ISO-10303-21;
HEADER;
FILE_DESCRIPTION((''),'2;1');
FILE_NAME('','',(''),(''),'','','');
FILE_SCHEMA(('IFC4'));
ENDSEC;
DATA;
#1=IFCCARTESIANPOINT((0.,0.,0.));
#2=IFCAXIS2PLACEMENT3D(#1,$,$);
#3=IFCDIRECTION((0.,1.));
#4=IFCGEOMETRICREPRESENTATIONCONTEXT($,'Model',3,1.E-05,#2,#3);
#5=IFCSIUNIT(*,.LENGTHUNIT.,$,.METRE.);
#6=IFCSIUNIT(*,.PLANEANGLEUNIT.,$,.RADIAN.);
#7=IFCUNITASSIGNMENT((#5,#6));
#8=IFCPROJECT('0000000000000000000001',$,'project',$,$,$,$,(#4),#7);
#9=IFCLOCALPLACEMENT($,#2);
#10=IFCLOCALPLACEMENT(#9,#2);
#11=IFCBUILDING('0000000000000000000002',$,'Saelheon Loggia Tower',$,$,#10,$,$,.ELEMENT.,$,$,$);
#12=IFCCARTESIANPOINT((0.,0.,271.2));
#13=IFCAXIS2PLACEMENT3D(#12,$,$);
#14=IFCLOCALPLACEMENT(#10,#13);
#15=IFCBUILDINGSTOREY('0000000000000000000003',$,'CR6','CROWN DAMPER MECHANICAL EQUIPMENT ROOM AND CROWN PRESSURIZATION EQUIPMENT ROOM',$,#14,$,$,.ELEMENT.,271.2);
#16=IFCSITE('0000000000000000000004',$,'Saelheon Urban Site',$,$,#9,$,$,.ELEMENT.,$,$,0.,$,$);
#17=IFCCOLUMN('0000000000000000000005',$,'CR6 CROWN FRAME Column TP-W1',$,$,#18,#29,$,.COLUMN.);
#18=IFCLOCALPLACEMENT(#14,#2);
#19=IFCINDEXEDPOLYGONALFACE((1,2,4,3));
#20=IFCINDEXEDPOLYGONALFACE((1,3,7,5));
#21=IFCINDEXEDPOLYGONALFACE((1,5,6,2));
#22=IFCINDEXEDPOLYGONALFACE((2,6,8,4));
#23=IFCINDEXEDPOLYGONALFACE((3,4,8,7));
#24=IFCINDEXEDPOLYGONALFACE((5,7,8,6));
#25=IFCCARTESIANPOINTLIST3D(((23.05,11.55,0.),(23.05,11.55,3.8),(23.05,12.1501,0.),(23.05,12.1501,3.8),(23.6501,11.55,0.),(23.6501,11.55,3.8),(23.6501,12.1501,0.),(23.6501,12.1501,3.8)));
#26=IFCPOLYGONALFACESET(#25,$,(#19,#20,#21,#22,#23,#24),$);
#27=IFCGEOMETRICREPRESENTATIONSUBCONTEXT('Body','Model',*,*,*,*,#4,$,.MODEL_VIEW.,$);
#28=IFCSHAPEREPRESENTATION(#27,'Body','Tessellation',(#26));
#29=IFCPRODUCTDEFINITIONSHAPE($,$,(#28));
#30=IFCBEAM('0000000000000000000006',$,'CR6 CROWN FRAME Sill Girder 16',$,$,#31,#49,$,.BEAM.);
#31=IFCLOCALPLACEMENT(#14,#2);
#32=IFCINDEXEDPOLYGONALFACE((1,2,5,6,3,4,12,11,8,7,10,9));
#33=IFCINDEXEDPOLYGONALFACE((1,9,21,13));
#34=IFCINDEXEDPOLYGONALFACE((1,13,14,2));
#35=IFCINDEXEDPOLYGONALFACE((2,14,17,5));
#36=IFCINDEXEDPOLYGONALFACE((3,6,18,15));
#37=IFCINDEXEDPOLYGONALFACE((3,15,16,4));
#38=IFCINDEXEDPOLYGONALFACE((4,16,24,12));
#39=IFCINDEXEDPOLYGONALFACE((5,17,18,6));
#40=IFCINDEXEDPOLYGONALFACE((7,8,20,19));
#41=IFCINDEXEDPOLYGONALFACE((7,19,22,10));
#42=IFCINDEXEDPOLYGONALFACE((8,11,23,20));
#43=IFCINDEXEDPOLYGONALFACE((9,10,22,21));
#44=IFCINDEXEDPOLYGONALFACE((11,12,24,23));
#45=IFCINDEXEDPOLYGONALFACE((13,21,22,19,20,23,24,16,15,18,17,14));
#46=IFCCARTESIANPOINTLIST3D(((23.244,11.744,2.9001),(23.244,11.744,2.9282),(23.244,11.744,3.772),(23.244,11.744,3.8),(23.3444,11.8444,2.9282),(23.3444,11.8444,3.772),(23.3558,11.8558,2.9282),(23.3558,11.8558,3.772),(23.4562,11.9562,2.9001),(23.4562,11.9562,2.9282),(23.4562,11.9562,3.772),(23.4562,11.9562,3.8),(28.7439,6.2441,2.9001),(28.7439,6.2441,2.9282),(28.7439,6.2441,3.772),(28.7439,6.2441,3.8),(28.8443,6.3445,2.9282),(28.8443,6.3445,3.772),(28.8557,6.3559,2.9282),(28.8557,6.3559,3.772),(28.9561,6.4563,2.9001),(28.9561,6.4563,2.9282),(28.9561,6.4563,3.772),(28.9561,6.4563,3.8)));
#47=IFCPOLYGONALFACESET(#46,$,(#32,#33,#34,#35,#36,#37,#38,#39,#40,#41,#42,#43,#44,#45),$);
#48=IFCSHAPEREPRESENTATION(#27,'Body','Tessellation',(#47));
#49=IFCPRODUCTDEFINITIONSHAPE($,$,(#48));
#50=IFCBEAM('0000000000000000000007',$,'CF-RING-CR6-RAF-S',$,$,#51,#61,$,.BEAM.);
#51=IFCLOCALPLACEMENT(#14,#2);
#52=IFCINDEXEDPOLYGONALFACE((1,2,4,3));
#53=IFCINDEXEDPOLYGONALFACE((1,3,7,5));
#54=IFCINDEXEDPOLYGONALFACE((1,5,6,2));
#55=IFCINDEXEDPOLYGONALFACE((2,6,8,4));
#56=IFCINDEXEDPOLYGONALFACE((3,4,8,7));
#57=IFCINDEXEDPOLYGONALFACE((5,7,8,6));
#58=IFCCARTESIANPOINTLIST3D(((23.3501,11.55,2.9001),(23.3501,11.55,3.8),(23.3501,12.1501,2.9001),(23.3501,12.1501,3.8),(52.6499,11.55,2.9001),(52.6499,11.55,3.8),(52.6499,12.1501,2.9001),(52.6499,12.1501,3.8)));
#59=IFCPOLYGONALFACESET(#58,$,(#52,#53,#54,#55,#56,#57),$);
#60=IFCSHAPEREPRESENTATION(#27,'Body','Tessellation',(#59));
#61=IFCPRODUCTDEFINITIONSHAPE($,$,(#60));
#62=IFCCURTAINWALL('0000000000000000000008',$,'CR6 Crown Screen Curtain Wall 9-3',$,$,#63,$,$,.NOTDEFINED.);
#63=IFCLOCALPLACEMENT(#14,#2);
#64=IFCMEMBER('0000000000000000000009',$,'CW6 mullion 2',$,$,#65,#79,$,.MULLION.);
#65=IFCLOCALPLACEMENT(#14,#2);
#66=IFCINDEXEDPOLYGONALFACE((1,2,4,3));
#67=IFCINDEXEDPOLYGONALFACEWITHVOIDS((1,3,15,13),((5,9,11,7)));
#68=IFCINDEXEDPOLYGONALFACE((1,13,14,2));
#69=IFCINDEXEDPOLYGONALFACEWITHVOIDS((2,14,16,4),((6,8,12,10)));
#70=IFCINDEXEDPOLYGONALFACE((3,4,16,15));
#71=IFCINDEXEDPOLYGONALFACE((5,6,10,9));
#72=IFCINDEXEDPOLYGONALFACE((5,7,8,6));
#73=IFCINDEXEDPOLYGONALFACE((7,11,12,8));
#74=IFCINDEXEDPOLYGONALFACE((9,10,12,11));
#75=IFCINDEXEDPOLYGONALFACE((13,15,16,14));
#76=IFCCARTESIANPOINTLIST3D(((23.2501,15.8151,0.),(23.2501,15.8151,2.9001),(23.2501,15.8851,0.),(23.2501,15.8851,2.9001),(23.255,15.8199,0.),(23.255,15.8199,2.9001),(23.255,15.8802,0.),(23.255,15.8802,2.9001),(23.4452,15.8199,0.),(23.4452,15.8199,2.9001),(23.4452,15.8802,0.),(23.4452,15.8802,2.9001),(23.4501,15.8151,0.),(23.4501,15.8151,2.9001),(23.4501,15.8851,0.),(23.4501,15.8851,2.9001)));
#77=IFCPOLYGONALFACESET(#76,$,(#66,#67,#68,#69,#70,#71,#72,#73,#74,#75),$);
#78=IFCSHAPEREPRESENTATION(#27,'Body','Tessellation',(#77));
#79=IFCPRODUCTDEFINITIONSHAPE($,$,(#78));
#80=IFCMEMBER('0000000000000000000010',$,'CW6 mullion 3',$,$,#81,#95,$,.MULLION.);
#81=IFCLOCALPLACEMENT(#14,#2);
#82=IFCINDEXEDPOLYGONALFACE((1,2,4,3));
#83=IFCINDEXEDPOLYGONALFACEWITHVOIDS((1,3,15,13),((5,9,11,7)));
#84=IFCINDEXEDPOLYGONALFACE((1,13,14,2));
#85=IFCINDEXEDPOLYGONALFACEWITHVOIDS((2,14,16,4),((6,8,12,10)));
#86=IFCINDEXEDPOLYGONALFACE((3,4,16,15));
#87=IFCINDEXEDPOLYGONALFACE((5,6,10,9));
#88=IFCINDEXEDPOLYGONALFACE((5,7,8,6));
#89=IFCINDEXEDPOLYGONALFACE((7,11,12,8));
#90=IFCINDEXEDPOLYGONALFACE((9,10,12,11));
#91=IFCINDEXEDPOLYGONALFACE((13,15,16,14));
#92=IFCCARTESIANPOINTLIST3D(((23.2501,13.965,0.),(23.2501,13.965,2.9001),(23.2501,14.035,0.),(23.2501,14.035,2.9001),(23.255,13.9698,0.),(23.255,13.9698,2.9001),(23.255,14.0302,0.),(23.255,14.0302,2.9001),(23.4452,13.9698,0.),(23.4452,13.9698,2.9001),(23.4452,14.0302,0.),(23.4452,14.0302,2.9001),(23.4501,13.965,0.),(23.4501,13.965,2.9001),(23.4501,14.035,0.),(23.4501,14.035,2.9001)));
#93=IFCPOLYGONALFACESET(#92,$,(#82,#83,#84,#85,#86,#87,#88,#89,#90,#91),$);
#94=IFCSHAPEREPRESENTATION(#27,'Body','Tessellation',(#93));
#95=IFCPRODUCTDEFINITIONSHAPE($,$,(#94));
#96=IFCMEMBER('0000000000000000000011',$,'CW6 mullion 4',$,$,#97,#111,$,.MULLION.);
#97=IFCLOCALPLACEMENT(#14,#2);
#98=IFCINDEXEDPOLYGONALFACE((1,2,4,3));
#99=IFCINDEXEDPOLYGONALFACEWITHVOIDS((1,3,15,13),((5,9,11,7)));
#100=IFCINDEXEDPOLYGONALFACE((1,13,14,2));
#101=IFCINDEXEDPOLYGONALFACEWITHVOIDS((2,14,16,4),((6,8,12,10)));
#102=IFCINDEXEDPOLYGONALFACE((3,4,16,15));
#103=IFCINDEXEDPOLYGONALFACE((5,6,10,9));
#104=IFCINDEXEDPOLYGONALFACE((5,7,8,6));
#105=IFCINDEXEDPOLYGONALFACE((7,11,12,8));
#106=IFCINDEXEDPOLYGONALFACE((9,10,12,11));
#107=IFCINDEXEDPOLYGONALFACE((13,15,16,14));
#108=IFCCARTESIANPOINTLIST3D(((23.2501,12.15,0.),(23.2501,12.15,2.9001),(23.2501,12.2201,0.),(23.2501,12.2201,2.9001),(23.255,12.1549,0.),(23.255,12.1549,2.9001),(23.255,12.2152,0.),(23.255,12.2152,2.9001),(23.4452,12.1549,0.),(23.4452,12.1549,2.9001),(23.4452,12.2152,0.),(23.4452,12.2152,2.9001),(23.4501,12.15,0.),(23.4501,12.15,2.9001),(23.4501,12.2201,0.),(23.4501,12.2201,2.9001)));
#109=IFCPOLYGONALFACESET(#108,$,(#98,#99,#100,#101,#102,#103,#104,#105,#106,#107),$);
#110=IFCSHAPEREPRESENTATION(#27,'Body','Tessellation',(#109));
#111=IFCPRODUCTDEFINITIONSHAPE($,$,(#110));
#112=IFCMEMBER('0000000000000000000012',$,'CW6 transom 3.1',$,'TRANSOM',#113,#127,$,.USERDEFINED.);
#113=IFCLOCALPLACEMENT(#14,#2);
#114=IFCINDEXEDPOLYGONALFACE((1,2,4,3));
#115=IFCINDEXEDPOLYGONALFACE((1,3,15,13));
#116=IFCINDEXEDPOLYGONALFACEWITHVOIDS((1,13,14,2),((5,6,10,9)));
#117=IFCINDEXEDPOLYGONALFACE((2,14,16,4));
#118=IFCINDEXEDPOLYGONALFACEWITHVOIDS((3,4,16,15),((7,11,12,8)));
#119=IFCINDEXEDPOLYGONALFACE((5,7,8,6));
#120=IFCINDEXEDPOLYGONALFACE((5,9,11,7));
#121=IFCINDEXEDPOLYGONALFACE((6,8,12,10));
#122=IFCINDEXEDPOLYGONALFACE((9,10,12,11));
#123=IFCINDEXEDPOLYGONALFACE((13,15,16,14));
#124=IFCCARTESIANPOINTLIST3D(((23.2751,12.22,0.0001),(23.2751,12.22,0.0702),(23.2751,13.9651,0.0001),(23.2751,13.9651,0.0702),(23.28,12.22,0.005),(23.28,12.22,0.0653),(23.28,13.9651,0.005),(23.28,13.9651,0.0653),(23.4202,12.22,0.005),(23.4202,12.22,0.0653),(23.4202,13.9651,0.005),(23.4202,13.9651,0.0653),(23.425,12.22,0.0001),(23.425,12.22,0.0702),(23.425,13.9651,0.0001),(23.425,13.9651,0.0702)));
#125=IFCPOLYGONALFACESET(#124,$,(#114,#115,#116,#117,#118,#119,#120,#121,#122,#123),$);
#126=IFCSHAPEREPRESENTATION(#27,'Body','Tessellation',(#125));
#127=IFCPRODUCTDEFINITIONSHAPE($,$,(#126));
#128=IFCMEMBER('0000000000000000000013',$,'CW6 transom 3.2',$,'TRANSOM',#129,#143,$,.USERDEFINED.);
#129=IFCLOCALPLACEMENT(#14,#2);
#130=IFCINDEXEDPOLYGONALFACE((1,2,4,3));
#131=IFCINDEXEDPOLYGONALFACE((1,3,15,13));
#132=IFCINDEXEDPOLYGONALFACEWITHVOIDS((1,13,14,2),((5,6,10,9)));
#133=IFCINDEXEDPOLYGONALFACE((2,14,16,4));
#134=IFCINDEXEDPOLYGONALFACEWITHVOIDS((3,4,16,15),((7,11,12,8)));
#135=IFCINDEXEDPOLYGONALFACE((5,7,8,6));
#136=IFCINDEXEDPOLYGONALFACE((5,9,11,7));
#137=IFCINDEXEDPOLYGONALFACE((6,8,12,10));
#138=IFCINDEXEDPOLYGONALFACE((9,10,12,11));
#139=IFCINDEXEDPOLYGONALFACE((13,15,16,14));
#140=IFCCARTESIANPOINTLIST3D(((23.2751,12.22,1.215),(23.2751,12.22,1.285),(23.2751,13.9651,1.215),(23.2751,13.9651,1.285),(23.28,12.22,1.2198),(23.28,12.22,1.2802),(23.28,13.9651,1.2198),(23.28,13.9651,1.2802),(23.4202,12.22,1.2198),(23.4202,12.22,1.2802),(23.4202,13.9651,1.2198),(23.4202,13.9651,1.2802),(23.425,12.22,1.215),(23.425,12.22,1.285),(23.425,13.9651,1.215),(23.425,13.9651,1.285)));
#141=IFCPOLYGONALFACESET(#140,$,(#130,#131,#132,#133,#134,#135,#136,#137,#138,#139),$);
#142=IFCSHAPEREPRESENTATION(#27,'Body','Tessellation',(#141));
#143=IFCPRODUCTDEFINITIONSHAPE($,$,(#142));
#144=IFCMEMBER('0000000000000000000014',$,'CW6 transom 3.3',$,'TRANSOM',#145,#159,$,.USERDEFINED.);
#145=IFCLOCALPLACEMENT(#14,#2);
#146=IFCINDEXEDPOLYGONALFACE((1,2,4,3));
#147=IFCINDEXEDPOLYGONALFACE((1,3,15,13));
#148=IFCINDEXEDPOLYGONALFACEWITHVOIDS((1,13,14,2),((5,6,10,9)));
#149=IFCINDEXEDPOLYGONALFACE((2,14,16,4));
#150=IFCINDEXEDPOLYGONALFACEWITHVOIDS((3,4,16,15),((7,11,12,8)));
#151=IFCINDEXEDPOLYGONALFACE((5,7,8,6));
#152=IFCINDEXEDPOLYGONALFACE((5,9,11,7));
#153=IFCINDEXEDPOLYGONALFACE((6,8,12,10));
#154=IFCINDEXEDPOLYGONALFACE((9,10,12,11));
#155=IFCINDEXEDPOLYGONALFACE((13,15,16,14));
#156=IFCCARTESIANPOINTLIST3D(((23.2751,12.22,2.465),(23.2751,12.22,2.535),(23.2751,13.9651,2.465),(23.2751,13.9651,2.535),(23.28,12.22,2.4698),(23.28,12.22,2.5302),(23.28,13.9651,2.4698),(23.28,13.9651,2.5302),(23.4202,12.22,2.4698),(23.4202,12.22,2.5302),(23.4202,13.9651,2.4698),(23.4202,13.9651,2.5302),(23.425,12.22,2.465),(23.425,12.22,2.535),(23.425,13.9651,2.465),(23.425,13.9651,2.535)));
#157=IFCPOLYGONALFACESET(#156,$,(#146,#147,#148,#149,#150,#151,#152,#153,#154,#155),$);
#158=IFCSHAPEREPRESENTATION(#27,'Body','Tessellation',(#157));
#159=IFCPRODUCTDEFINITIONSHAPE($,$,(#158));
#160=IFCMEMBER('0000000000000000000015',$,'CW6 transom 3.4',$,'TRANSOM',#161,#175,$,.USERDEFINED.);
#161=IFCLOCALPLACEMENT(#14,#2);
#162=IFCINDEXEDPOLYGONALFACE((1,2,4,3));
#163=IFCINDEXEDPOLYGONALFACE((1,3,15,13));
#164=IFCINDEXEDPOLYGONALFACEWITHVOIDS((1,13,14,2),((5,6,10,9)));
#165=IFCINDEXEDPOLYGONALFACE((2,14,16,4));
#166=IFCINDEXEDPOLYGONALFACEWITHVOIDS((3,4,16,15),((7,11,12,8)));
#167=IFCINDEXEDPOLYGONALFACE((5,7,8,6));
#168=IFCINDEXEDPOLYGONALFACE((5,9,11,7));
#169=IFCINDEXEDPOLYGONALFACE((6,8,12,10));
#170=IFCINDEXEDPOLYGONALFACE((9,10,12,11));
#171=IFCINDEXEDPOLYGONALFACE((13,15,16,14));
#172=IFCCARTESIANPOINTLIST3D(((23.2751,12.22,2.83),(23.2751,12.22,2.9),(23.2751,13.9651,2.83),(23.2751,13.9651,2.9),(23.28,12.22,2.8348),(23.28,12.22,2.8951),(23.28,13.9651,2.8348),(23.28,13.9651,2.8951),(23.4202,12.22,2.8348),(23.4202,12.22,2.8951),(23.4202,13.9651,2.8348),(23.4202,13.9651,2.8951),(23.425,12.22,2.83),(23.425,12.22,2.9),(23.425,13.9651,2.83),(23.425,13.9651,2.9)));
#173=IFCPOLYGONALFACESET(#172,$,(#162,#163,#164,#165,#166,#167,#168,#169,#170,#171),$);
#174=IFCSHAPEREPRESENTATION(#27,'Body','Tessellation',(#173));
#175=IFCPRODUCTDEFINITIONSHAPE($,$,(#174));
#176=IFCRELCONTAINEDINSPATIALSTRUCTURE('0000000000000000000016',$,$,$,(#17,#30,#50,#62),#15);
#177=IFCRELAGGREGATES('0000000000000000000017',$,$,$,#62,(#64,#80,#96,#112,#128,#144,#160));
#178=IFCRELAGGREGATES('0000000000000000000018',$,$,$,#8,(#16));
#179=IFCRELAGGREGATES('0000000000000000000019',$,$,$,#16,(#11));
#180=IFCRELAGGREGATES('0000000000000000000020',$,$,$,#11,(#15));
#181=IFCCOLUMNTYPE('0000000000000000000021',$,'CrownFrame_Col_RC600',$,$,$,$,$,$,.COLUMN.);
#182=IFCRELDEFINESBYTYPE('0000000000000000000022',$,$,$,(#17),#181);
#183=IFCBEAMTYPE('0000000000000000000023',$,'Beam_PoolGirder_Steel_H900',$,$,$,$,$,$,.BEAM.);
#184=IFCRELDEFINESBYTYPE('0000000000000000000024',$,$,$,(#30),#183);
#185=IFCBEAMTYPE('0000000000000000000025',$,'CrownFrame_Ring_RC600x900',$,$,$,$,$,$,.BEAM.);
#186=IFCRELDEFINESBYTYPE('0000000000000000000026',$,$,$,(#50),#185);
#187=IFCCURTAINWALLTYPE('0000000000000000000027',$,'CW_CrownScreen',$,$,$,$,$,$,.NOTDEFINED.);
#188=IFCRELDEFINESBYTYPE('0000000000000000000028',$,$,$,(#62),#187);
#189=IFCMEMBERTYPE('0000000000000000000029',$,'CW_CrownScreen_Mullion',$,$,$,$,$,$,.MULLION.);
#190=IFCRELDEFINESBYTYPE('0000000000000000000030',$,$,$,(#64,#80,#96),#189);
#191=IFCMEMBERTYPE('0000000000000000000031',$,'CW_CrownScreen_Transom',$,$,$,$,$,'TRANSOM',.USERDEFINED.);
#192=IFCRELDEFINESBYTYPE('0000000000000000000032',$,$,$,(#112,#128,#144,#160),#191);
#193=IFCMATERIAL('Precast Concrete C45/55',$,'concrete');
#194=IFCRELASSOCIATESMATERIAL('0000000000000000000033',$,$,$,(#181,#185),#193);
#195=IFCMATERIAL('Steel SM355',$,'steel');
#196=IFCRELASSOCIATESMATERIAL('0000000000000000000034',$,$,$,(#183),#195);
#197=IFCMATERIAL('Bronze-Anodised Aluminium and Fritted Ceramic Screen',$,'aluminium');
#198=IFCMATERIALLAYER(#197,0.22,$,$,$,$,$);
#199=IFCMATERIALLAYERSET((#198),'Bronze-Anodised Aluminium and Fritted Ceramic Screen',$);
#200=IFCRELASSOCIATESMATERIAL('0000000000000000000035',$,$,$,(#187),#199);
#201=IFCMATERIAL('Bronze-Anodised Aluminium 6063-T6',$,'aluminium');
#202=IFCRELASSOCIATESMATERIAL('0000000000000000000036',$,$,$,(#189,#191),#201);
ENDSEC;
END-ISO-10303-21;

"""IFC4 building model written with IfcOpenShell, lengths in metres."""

from ifc_helpers import new_model, si_unit, direction, frame, origin, origin_2d, place, context, subcontext, project, spatial, rectangle, hollow_rectangle, i_section, extrude, source, transform, mapped, material, layer, layer_set, material_profile, profile_set, type_object, element, aggregate, save


model = new_model("IFC4")

# Units and contexts
model_context = context("Model", 3, precision=1e-05, world=origin(), true_north=direction((0.0, 1.0)))
body_context = subcontext(model_context, "Body", "Model", "MODEL_VIEW")
ifc_project = project(units=[si_unit("LENGTHUNIT", "METRE"), si_unit("PLANEANGLEUNIT", "RADIAN")], contexts=[model_context])

# Site, building, storey
site_placement = place(None, origin())
site = spatial("IfcSite", under=ifc_project, at=site_placement, Name="Saelheon Urban Site", CompositionType="ELEMENT", RefElevation=0.0)
building_placement = place(site_placement, origin())
building = spatial("IfcBuilding", under=site, at=building_placement, Name="Saelheon Loggia Tower", CompositionType="ELEMENT")
storey_placement = place(building_placement, frame((0.0, 0.0, 271.2)))
storey = spatial("IfcBuildingStorey", under=building, at=storey_placement, Name="CR6", Description="CROWN DAMPER MECHANICAL EQUIPMENT ROOM AND CROWN PRESSURIZATION EQUIPMENT ROOM", CompositionType="ELEMENT", Elevation=271.2)

# Column
ifc_material_1 = material(Name="Precast Concrete C45/55", Category="concrete")
ifc_material_profile_1 = material_profile(ifc_material_1, rectangle(XDim=0.6001, YDim=0.6001, at=origin_2d()), Name="RC-600x600")
ifc_profile_set_1 = profile_set([ifc_material_profile_1], Name="Precast Concrete C45/55")
column_type = type_object("IfcColumnType", Name="CrownFrame_Col_RC600", PredefinedType="COLUMN", material=ifc_profile_set_1)
shared_shape_1 = source(origin(), body_context, "Body", "SweptSolid", [
    extrude(rectangle(XDim=0.6001, YDim=0.6001, at=origin_2d()), origin(), (0.0, 0.0, 1.0), 3.8),
])
column_placement = place(storey_placement, frame((23.3501, 11.8501, 0.0), z_axis=(0.0, 0.0, 1.0), x_axis=(1.0, 0.0, 0.0)))
element("IfcColumn", 1, at=column_placement, inside=storey, type_object=column_type, Name="CR6 CROWN FRAME Column TP-W1", PredefinedType="COLUMN", context=body_context, shape_type="MappedRepresentation", body=[
    mapped(shared_shape_1, transform((0.0, 0.0, 0.0), scale=1.0)),
])

# Beams
ifc_material_2 = material(Name="Steel SM355", Category="steel")
ifc_material_profile_2 = material_profile(ifc_material_2, i_section(OverallWidth=0.3, OverallDepth=0.8999, WebThickness=0.0161, FlangeThickness=0.0281, at=origin_2d()), Name="H-900x300x16x28")
ifc_profile_set_2 = profile_set([ifc_material_profile_2], Name="Steel SM355")
beam_type_1 = type_object("IfcBeamType", Name="Beam_PoolGirder_Steel_H900", PredefinedType="BEAM", material=ifc_profile_set_2)
shared_shape_2 = source(origin(), body_context, "Body", "SweptSolid", [
    extrude(i_section(OverallWidth=0.3, OverallDepth=0.8999, WebThickness=0.0161, FlangeThickness=0.0281, at=origin_2d()), origin(), (0.0, 0.0, 1.0), 7.7781),
])
beam_1_placement = place(storey_placement, frame((23.3501, 11.8501, 3.3501), z_axis=(0.707107, -0.707107, 0.0), x_axis=(0.707107, 0.707107, 0.0)))
element("IfcBeam", 2, at=beam_1_placement, inside=storey, type_object=beam_type_1, Name="CR6 CROWN FRAME Sill Girder 16", PredefinedType="BEAM", context=body_context, shape_type="MappedRepresentation", body=[
    mapped(shared_shape_2, transform((0.0, 0.0, 0.0), scale=1.0)),
])
ifc_material_profile_3 = material_profile(ifc_material_1, rectangle(XDim=0.6001, YDim=0.8999, at=origin_2d()), Name="RC-600x900")
ifc_profile_set_3 = profile_set([ifc_material_profile_3], Name="Precast Concrete C45/55")
beam_type_2 = type_object("IfcBeamType", Name="CrownFrame_Ring_RC600x900", PredefinedType="BEAM", material=ifc_profile_set_3)
shared_shape_3 = source(origin(), body_context, "Body", "SweptSolid", [
    extrude(rectangle(XDim=0.6001, YDim=0.8999, at=origin_2d()), origin(), (0.0, 0.0, 1.0), 29.2998),
])
beam_2_placement = place(storey_placement, frame((23.3501, 11.8501, 3.3501), z_axis=(1.0, 0.0, 0.0), x_axis=(0.0, 1.0, 0.0)))
element("IfcBeam", 3, at=beam_2_placement, inside=storey, type_object=beam_type_2, Name="CF-RING-CR6-RAF-S", PredefinedType="BEAM", context=body_context, shape_type="MappedRepresentation", body=[
    mapped(shared_shape_3, transform((0.0, 0.0, 0.0), scale=1.0)),
])

# Curtain wall, members
ifc_material_3 = material(Name="Bronze-Anodised Aluminium and Fritted Ceramic Screen", Category="aluminium")
ifc_layer_1 = layer(ifc_material_3, 0.22)
ifc_layer_set_1 = layer_set([ifc_layer_1], Name="Bronze-Anodised Aluminium and Fritted Ceramic Screen")
curtain_wall_type = type_object("IfcCurtainWallType", Name="CW_CrownScreen", PredefinedType="NOTDEFINED", material=ifc_layer_set_1)
curtain_wall_placement = place(storey_placement, origin())
curtain_wall = element("IfcCurtainWall", 4, at=curtain_wall_placement, inside=storey, type_object=curtain_wall_type, Name="CR6 Crown Screen Curtain Wall 9-3", PredefinedType="NOTDEFINED")
ifc_material_4 = material(Name="Bronze-Anodised Aluminium 6063-T6", Category="aluminium")
ifc_material_profile_4 = material_profile(ifc_material_4, hollow_rectangle(XDim=0.0701, YDim=0.2, WallThickness=0.0049, at=origin_2d()), Name="RHS-200x70x5")
ifc_profile_set_4 = profile_set([ifc_material_profile_4], Name="Bronze-Anodised Aluminium 6063-T6")
member_type_1 = type_object("IfcMemberType", Name="CW_CrownScreen_Mullion", PredefinedType="MULLION", material=ifc_profile_set_4)
shared_shape_4 = source(origin(), body_context, "Body", "SweptSolid", [
    extrude(hollow_rectangle(XDim=0.0701, YDim=0.2, WallThickness=0.0049, at=origin_2d()), origin(), (0.0, 0.0, 1.0), 2.9001),
])
member_1_placement = place(storey_placement, frame((23.3501, 15.8501, 0.0), z_axis=(0.0, 0.0, 1.0), x_axis=(0.0, -1.0, 0.0)))
member_1 = element("IfcMember", 5, at=member_1_placement, type_object=member_type_1, Name="CW6 mullion 2", PredefinedType="MULLION", context=body_context, shape_type="MappedRepresentation", body=[
    mapped(shared_shape_4, transform((0.0, 0.0, 0.0), scale=1.0)),
])
member_2_placement = place(storey_placement, frame((23.3501, 14.0, 0.0), z_axis=(0.0, 0.0, 1.0), x_axis=(0.0, -1.0, 0.0)))
member_2 = element("IfcMember", 6, at=member_2_placement, type_object=member_type_1, Name="CW6 mullion 3", PredefinedType="MULLION", context=body_context, shape_type="MappedRepresentation", body=[
    mapped(shared_shape_4, transform((0.0, 0.0, 0.0), scale=1.0)),
])
member_3_placement = place(storey_placement, frame((23.3501, 12.1851, 0.0), z_axis=(0.0, 0.0, 1.0), x_axis=(0.0, -1.0, 0.0)))
member_3 = element("IfcMember", 7, at=member_3_placement, type_object=member_type_1, Name="CW6 mullion 4", PredefinedType="MULLION", context=body_context, shape_type="MappedRepresentation", body=[
    mapped(shared_shape_4, transform((0.0, 0.0, 0.0), scale=1.0)),
])
ifc_material_profile_5 = material_profile(ifc_material_4, hollow_rectangle(XDim=0.0701, YDim=0.1499, WallThickness=0.0049, at=origin_2d()), Name="RHS-150x70x5")
ifc_profile_set_5 = profile_set([ifc_material_profile_5], Name="Bronze-Anodised Aluminium 6063-T6")
member_type_2 = type_object("IfcMemberType", Name="CW_CrownScreen_Transom", ElementType="TRANSOM", PredefinedType="USERDEFINED", material=ifc_profile_set_5)
shared_shape_5 = source(origin(), body_context, "Body", "SweptSolid", [
    extrude(hollow_rectangle(XDim=0.0701, YDim=0.1499, WallThickness=0.0049, at=origin_2d()), origin(), (0.0, 0.0, 1.0), 1.7451),
])
member_4_placement = place(storey_placement, frame((23.3501, 13.9651, 0.0352), z_axis=(0.0, -1.0, 0.0), x_axis=(0.0, 0.0, 1.0)))
member_4 = element("IfcMember", 8, at=member_4_placement, type_object=member_type_2, Name="CW6 transom 3.1", ObjectType="TRANSOM", PredefinedType="USERDEFINED", context=body_context, shape_type="MappedRepresentation", body=[
    mapped(shared_shape_5, transform((0.0, 0.0, 0.0), scale=1.0)),
])
member_5_placement = place(storey_placement, frame((23.3501, 13.9651, 1.25), z_axis=(0.0, -1.0, 0.0), x_axis=(0.0, 0.0, 1.0)))
member_5 = element("IfcMember", 9, at=member_5_placement, type_object=member_type_2, Name="CW6 transom 3.2", ObjectType="TRANSOM", PredefinedType="USERDEFINED", context=body_context, shape_type="MappedRepresentation", body=[
    mapped(shared_shape_5, transform((0.0, 0.0, 0.0), scale=1.0)),
])
member_6_placement = place(storey_placement, frame((23.3501, 13.9651, 2.5), z_axis=(0.0, -1.0, 0.0), x_axis=(0.0, 0.0, 1.0)))
member_6 = element("IfcMember", 10, at=member_6_placement, type_object=member_type_2, Name="CW6 transom 3.3", ObjectType="TRANSOM", PredefinedType="USERDEFINED", context=body_context, shape_type="MappedRepresentation", body=[
    mapped(shared_shape_5, transform((0.0, 0.0, 0.0), scale=1.0)),
])
member_7_placement = place(storey_placement, frame((23.3501, 13.9651, 2.865), z_axis=(0.0, -1.0, 0.0), x_axis=(0.0, 0.0, 1.0)))
member_7 = element("IfcMember", 11, at=member_7_placement, type_object=member_type_2, Name="CW6 transom 3.4", ObjectType="TRANSOM", PredefinedType="USERDEFINED", context=body_context, shape_type="MappedRepresentation", body=[
    mapped(shared_shape_5, transform((0.0, 0.0, 0.0), scale=1.0)),
])

aggregate(curtain_wall, [member_1, member_2, member_3, member_4, member_5, member_6, member_7])

save(model, "model.ifc")
